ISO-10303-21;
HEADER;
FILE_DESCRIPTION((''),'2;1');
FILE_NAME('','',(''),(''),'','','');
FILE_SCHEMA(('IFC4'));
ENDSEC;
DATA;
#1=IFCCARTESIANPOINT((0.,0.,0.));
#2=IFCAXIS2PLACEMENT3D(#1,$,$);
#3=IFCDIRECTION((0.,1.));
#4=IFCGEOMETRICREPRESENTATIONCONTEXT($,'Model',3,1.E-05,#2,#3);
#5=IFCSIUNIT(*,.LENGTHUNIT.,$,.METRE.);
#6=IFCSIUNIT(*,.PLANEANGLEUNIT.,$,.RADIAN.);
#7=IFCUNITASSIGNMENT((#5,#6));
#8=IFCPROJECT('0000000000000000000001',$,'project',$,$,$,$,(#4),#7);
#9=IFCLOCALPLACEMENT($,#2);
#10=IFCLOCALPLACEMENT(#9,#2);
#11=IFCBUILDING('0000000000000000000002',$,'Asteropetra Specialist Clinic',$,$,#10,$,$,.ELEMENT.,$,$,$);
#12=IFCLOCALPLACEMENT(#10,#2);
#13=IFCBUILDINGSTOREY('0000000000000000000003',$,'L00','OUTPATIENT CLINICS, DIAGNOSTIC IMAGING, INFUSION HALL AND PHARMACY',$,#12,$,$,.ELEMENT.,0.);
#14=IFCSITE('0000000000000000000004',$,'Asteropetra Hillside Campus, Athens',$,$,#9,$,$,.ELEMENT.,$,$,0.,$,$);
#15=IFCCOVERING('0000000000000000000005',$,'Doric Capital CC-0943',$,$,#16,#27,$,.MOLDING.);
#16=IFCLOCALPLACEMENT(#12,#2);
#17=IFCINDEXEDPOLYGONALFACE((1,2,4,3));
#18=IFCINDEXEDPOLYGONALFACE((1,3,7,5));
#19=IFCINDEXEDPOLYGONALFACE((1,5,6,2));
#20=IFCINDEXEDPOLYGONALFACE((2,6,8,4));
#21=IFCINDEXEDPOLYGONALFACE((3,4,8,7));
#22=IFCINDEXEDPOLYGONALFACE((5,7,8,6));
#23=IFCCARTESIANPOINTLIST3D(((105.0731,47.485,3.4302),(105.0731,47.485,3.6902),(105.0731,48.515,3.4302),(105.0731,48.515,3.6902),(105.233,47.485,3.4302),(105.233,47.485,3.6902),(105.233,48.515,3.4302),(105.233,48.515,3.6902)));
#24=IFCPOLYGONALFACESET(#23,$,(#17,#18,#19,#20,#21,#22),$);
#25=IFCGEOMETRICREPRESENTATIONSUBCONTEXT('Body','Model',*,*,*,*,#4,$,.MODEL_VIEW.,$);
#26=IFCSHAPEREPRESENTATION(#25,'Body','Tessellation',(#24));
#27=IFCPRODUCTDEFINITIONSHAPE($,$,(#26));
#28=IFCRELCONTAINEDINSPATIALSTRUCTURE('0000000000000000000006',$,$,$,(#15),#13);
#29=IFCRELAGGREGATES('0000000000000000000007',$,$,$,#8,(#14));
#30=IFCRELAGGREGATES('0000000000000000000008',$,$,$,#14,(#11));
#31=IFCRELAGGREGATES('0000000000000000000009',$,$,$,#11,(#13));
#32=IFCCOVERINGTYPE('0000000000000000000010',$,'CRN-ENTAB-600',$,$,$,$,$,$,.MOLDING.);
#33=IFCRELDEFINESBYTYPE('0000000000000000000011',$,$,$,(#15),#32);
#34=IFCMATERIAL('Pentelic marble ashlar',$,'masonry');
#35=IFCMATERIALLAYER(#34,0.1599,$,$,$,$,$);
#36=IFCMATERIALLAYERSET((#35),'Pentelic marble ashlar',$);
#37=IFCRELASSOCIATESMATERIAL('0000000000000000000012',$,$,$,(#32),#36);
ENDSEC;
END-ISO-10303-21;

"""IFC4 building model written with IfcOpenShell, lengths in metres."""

from ifc_helpers import new_model, si_unit, direction, frame, origin, origin_2d, place, context, subcontext, project, spatial, rectangle, extrude, material, layer, layer_set, type_object, element, save


model = new_model("IFC4")

# Units and contexts
model_context = context("Model", 3, precision=1e-05, world=origin(), true_north=direction((0.0, 1.0)))
body_context = subcontext(model_context, "Body", "Model", "MODEL_VIEW")
ifc_project = project(units=[si_unit("LENGTHUNIT", "METRE"), si_unit("PLANEANGLEUNIT", "RADIAN")], contexts=[model_context])

# Site, building, storey
site_placement = place(None, origin())
site = spatial("IfcSite", under=ifc_project, at=site_placement, Name="Asteropetra Hillside Campus, Athens", CompositionType="ELEMENT", RefElevation=0.0)
building_placement = place(site_placement, origin())
building = spatial("IfcBuilding", under=site, at=building_placement, Name="Asteropetra Specialist Clinic", CompositionType="ELEMENT")
storey_placement = place(building_placement, origin())
storey = spatial("IfcBuildingStorey", under=building, at=storey_placement, Name="L00", Description="OUTPATIENT CLINICS, DIAGNOSTIC IMAGING, INFUSION HALL AND PHARMACY", CompositionType="ELEMENT", Elevation=0.0)

# Covering
ifc_material_1 = material(Name="Pentelic marble ashlar", Category="masonry")
ifc_layer_1 = layer(ifc_material_1, 0.1599)
ifc_layer_set_1 = layer_set([ifc_layer_1], Name="Pentelic marble ashlar")
covering_type = type_object("IfcCoveringType", Name="CRN-ENTAB-600", PredefinedType="MOLDING", material=ifc_layer_set_1)
for number, where, z_axis, x_axis, name in (
    (1, (105.1531, 48.0, 3.4302), (0.0, 0.0, 1.0), (1.0, 0.0, 0.0), "Doric Capital CC-0943"),
):
    element("IfcCovering", number, at=place(storey_placement, frame(where, z_axis=z_axis, x_axis=x_axis)), inside=storey, type_object=covering_type, Name=name, PredefinedType="MOLDING", context=body_context, shape_type="SweptSolid", body=[
        extrude(rectangle(XDim=0.1599, YDim=1.03, at=origin_2d()), origin(), (0.0, 0.0, 1.0), 0.26),
    ])

save(model, "model.ifc")
